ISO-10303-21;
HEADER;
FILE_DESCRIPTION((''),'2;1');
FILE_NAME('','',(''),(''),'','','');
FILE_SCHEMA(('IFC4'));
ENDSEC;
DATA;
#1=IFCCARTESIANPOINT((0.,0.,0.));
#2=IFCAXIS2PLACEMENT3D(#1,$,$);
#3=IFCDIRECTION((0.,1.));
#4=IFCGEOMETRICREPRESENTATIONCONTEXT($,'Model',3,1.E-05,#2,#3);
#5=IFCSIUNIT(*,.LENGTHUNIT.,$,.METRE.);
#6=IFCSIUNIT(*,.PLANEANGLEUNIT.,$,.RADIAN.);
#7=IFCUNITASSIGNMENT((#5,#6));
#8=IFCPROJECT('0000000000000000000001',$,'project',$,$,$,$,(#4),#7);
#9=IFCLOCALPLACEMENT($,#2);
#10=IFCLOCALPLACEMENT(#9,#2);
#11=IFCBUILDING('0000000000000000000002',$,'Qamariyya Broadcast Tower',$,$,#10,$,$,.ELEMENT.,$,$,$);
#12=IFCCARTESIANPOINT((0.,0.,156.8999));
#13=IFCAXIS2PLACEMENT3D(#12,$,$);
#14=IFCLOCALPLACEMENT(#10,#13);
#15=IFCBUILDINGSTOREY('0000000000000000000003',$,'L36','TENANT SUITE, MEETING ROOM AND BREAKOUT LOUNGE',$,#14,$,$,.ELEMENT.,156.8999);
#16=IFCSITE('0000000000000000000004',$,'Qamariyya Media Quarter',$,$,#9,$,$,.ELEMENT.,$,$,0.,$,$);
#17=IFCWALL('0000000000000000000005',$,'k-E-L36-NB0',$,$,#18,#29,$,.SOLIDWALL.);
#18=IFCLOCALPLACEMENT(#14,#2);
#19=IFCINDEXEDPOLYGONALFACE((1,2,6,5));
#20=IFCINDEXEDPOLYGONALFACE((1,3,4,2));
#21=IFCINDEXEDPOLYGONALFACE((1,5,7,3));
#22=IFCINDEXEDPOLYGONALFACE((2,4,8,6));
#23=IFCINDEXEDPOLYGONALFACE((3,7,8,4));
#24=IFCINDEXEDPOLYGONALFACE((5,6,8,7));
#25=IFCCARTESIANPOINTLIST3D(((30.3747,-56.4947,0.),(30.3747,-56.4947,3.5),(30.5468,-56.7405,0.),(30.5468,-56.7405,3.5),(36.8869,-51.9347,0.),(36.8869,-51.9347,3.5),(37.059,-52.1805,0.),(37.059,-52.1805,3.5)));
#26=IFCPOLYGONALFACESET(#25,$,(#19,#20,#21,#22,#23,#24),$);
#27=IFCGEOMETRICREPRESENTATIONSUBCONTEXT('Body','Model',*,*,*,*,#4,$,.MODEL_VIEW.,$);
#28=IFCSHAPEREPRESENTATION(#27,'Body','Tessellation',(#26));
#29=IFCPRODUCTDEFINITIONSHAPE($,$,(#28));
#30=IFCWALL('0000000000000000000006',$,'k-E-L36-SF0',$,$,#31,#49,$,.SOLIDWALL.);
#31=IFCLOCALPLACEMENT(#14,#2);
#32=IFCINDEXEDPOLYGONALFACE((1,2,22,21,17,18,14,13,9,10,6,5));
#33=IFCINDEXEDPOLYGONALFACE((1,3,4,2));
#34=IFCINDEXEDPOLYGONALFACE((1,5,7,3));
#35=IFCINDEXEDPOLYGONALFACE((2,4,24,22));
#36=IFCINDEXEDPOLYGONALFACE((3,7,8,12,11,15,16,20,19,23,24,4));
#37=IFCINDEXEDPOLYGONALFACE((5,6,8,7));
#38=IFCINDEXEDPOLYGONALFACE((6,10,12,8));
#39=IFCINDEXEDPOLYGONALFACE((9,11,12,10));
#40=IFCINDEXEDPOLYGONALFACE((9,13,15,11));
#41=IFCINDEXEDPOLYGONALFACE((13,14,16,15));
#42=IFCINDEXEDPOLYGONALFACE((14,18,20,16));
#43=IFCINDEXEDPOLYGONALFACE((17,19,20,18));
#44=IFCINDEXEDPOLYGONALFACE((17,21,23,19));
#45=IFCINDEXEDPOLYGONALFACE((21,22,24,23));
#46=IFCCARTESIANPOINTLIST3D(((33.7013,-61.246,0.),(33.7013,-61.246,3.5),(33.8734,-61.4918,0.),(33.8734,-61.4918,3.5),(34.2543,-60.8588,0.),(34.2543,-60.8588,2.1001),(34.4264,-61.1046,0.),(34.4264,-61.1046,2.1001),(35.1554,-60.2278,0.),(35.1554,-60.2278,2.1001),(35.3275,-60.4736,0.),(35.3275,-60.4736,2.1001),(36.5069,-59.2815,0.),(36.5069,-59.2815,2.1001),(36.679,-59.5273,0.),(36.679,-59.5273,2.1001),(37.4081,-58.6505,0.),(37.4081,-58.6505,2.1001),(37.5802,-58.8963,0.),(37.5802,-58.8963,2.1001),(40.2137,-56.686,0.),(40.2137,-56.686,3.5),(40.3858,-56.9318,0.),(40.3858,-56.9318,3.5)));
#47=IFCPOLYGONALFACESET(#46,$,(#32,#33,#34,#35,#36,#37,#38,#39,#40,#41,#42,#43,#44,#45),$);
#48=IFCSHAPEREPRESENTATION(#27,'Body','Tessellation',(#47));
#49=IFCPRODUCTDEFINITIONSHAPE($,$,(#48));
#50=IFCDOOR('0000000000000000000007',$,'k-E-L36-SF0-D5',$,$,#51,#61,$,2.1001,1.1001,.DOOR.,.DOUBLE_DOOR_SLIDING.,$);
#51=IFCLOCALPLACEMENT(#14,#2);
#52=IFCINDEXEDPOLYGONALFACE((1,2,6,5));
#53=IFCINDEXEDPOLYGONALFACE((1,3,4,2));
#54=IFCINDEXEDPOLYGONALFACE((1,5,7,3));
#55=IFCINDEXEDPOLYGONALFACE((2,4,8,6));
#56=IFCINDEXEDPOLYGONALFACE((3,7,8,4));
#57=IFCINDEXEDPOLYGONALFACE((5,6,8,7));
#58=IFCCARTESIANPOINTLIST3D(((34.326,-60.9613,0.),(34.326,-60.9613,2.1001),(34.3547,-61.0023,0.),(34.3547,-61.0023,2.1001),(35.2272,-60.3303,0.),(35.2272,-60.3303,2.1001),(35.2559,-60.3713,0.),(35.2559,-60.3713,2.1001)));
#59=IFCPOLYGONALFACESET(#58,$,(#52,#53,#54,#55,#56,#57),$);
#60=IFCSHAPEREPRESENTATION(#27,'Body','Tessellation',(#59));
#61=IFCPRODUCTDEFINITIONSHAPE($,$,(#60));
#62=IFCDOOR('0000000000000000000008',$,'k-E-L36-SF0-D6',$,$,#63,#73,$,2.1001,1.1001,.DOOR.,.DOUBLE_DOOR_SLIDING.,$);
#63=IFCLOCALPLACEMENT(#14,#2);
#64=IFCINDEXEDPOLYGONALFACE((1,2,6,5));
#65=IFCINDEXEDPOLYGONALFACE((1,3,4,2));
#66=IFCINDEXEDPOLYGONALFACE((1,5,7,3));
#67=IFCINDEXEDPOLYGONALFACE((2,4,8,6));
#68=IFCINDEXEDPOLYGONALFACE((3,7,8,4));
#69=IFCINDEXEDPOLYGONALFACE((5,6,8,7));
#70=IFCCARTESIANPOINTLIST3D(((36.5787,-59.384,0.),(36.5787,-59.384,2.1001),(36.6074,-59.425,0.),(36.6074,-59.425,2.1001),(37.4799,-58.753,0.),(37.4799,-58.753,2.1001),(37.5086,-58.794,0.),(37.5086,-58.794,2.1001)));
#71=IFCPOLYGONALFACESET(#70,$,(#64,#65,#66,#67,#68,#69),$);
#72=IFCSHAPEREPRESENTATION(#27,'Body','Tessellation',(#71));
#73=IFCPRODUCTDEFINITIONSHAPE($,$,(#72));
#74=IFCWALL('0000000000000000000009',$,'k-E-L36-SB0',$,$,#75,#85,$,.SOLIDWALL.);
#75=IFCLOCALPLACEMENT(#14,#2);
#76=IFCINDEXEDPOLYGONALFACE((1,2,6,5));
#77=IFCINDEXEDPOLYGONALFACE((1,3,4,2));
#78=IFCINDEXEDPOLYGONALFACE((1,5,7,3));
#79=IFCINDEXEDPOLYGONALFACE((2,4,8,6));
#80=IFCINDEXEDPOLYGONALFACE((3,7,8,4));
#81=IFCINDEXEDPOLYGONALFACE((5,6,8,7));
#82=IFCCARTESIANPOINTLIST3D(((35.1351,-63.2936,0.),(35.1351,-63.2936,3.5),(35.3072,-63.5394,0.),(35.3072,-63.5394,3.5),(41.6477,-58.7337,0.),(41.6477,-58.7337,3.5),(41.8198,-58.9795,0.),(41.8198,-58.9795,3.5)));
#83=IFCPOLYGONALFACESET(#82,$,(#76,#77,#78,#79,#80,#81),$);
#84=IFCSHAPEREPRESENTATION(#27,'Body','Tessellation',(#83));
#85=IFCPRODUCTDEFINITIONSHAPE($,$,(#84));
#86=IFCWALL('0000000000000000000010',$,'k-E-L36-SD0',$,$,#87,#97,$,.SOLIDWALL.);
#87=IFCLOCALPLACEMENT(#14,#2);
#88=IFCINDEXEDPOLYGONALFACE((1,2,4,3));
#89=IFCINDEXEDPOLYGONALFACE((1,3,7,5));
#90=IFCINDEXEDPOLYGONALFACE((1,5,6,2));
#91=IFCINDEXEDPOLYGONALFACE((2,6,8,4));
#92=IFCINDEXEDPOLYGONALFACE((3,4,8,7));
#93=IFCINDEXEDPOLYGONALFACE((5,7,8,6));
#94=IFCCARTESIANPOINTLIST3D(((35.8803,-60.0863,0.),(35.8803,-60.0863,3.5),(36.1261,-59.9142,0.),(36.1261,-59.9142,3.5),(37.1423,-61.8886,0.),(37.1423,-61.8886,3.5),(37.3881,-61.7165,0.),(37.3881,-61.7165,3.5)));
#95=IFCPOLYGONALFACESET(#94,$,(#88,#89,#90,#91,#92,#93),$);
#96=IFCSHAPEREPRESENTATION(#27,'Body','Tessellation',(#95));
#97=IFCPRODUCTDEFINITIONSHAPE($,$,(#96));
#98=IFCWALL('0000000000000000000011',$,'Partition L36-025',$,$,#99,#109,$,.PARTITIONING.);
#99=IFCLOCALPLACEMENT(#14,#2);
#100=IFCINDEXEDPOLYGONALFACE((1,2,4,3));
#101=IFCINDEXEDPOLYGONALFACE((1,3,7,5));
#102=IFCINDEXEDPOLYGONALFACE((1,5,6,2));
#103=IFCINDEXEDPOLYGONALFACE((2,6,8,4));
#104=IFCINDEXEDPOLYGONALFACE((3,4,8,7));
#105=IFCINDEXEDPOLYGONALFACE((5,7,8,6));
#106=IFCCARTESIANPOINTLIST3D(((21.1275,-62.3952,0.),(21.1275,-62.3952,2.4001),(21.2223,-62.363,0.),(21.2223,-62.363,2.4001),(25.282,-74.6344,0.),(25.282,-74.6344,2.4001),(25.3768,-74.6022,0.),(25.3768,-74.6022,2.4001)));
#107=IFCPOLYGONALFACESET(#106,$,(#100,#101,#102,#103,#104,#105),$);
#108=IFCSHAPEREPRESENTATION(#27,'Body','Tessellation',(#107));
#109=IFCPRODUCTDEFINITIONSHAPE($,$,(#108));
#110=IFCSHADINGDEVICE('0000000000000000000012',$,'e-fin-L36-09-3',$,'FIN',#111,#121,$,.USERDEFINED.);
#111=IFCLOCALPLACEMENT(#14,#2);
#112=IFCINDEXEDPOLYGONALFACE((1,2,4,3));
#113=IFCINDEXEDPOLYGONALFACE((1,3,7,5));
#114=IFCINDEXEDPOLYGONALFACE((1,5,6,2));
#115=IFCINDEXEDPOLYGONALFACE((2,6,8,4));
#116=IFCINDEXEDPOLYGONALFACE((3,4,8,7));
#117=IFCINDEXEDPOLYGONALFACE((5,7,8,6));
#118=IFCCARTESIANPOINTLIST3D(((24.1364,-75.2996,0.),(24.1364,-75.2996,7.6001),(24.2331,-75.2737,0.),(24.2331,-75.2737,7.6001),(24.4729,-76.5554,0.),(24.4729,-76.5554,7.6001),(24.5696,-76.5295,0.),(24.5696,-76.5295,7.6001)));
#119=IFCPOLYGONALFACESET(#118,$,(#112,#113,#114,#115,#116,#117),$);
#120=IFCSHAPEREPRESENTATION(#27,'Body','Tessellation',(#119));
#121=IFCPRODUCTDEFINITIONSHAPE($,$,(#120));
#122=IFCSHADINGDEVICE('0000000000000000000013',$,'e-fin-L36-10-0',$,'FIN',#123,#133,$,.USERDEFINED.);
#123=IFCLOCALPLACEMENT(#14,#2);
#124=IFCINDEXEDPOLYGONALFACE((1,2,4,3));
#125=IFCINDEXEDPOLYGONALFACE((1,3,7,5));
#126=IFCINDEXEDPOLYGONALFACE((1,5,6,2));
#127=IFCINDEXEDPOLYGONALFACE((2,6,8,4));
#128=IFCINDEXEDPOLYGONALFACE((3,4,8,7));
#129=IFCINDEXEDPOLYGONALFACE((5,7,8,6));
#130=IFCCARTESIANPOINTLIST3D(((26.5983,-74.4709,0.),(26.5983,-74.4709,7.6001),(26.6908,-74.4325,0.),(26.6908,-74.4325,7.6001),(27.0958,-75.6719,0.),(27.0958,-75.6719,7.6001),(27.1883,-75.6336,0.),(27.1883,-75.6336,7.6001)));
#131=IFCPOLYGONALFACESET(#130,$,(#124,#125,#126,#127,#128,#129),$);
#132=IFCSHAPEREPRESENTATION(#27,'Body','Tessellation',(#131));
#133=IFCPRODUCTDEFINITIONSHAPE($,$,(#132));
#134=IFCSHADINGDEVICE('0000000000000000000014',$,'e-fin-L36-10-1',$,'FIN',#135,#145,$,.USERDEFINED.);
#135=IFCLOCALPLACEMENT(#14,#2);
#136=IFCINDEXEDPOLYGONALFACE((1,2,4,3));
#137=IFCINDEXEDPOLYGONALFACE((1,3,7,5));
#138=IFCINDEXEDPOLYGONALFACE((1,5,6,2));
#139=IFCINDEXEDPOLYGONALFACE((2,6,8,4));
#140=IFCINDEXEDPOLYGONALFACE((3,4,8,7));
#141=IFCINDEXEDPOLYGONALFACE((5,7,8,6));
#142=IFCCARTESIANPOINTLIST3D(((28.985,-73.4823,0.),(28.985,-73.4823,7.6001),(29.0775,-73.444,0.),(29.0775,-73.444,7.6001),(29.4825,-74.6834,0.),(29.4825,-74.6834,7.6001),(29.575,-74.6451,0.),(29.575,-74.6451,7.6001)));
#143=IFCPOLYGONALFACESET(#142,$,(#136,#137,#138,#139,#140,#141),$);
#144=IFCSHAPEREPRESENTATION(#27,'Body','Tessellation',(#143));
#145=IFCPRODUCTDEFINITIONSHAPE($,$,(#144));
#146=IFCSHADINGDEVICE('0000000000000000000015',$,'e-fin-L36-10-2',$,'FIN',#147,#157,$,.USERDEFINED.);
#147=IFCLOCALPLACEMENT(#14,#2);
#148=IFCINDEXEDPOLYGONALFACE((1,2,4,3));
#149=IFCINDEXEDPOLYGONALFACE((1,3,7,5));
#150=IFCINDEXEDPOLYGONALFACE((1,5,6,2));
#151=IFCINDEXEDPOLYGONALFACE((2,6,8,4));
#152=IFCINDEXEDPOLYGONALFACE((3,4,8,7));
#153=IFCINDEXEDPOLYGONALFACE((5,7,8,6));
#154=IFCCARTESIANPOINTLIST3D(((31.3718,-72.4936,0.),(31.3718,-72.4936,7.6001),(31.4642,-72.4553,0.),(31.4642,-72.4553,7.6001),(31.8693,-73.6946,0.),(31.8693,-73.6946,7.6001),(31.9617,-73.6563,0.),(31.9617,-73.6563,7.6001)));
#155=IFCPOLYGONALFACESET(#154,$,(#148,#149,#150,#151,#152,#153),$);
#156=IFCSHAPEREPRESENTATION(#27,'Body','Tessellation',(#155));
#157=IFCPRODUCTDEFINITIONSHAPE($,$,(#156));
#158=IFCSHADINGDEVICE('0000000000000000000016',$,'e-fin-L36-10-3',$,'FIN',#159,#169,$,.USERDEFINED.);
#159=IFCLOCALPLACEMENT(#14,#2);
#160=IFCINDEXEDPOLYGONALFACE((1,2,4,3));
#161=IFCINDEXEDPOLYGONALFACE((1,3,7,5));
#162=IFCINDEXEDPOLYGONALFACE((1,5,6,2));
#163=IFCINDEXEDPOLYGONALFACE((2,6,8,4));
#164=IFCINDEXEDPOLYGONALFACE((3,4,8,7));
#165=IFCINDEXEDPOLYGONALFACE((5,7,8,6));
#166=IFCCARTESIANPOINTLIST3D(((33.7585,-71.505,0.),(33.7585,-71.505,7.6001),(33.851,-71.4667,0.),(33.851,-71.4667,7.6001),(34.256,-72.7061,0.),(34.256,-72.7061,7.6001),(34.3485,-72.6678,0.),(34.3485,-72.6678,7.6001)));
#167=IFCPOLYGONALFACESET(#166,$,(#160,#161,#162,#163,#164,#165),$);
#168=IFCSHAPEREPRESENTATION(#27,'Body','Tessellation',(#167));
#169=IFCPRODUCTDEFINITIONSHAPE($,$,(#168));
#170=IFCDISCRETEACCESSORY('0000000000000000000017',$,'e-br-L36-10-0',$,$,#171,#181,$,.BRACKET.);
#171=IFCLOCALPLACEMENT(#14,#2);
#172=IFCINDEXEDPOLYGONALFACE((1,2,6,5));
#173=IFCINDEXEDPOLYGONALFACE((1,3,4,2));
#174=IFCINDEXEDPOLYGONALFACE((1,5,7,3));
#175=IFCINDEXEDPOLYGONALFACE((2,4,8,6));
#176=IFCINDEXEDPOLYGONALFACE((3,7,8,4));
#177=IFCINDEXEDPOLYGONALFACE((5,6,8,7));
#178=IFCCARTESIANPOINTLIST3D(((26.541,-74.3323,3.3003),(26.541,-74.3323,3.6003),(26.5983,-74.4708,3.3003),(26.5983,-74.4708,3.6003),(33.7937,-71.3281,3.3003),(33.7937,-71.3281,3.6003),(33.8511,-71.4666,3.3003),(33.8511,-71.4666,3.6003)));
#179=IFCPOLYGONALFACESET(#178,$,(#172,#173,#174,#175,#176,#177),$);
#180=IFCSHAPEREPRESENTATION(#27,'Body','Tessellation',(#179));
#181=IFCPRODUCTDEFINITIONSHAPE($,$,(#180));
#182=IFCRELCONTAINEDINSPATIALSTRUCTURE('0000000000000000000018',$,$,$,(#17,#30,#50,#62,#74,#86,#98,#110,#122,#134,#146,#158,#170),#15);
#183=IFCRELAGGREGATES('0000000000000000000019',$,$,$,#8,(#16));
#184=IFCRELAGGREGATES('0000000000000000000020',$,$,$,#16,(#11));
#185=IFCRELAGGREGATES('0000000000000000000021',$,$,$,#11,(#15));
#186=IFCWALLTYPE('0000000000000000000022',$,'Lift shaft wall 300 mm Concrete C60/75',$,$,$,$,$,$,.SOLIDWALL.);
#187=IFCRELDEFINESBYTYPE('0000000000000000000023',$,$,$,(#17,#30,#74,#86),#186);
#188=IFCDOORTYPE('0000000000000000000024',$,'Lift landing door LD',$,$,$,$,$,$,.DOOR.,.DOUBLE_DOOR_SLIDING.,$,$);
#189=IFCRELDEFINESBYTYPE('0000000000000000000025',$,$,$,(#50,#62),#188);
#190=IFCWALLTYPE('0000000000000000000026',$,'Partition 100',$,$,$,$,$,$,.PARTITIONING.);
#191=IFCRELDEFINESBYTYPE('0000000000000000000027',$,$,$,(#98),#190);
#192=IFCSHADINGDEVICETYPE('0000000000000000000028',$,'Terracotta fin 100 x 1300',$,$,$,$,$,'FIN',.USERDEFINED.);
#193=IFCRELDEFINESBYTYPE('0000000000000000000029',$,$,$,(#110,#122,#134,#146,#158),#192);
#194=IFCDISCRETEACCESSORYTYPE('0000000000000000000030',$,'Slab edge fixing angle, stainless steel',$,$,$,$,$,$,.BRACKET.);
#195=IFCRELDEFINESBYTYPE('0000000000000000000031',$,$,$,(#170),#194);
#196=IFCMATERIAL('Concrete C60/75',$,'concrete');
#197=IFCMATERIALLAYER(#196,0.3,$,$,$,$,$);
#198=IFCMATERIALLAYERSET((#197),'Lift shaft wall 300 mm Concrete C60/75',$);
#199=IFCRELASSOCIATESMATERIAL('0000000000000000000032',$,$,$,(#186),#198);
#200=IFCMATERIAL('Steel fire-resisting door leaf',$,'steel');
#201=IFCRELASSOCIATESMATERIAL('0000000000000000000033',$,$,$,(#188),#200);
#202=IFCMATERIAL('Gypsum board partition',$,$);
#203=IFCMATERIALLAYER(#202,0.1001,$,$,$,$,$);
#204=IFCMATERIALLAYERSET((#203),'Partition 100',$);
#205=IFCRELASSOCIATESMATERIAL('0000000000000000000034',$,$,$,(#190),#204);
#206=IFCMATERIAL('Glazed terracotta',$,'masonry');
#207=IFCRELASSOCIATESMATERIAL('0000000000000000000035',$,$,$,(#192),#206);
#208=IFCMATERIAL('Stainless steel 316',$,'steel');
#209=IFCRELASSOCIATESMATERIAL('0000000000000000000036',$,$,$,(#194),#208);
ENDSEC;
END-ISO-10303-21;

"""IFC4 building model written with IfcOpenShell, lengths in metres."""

from ifc_helpers import new_model, si_unit, direction, frame, frame_2d, origin, origin_2d, place, context, subcontext, project, spatial, rectangle, extrude, material, layer, layer_set, material_profile, profile_set, type_object, element, fill, save


model = new_model("IFC4")

# Units and contexts
model_context = context("Model", 3, precision=1e-05, world=origin(), true_north=direction((0.0, 1.0)))
body_context = subcontext(model_context, "Body", "Model", "MODEL_VIEW")
ifc_project = project(units=[si_unit("LENGTHUNIT", "METRE"), si_unit("PLANEANGLEUNIT", "RADIAN")], contexts=[model_context])

# Site, building, storey
site_placement = place(None, origin())
site = spatial("IfcSite", under=ifc_project, at=site_placement, Name="Qamariyya Media Quarter", CompositionType="ELEMENT", RefElevation=0.0)
building_placement = place(site_placement, origin())
building = spatial("IfcBuilding", under=site, at=building_placement, Name="Qamariyya Broadcast Tower", CompositionType="ELEMENT")
storey_placement = place(building_placement, frame((0.0, 0.0, 156.8999)))
storey = spatial("IfcBuildingStorey", under=building, at=storey_placement, Name="L36", Description="TENANT SUITE, MEETING ROOM AND BREAKOUT LOUNGE", CompositionType="ELEMENT", Elevation=156.8999)

# Shared definitions
ifc_material_1 = material(Name="Concrete C60/75", Category="concrete")

# Shared definitions
ifc_material_2 = material(Name="Gypsum board partition")

# Shared definitions
ifc_layer_1 = layer(ifc_material_1, 0.3)
ifc_layer_set_1 = layer_set([ifc_layer_1], Name="Lift shaft wall 300 mm Concrete C60/75")
wall_type_1 = type_object("IfcWallType", Name="Lift shaft wall 300 mm Concrete C60/75", PredefinedType="SOLIDWALL", material=ifc_layer_set_1)
ifc_material_3 = material(Name="Steel fire-resisting door leaf", Category="steel")

# Wall
wall_1_placement = place(storey_placement, frame((30.4607, -56.6177, 0.0), z_axis=(0.0, 0.0, 1.0), x_axis=(0.819142, 0.57359, 0.0)))
element("IfcWall", 1, at=wall_1_placement, inside=storey, type_object=wall_type_1, Name="k-E-L36-NB0", PredefinedType="SOLIDWALL", context=body_context, shape_type="SweptSolid", body=[
    extrude(rectangle(XDim=7.95, YDim=0.3, at=frame_2d((3.9751, 0.0))), origin(), (0.0, 0.0, 1.0), 3.5),
])

# Wall, openings, doors
wall_2_placement = place(storey_placement, frame((33.7874, -61.3689, 0.0), z_axis=(0.0, 0.0, 1.0), x_axis=(0.819153, 0.573576, 0.0)))
wall_2 = element("IfcWall", 2, at=wall_2_placement, inside=storey, type_object=wall_type_1, Name="k-E-L36-SF0", PredefinedType="SOLIDWALL", context=body_context, shape_type="SweptSolid", body=[
    extrude(rectangle(XDim=7.9502, YDim=0.3, at=frame_2d((3.9751, 0.0))), origin(), (0.0, 0.0, 1.0), 3.5),
])
opening_1_placement = place(wall_2_placement, frame((0.675, 0.0, 0.0)))
opening_1 = element("IfcOpeningElement", 3, at=opening_1_placement, cuts=wall_2, PredefinedType="OPENING", context=body_context, shape_type="SweptSolid", body=[
    extrude(rectangle(XDim=1.1001, YDim=2.1001, at=frame_2d((0.55, 1.05))), frame((0.0, 0.1599, 0.0), z_axis=(0.0, -1.0, 0.0), x_axis=(1.0, 0.0, 0.0)), (0.0, 0.0, 1.0), 0.3201),
])
opening_2_placement = place(wall_2_placement, frame((3.425, 0.0, 0.0)))
opening_2 = element("IfcOpeningElement", 4, at=opening_2_placement, cuts=wall_2, PredefinedType="OPENING", context=body_context, shape_type="SweptSolid", body=[
    extrude(rectangle(XDim=1.1001, YDim=2.1001, at=frame_2d((0.55, 1.05))), frame((0.0, 0.1599, 0.0), z_axis=(0.0, -1.0, 0.0), x_axis=(1.0, 0.0, 0.0)), (0.0, 0.0, 1.0), 0.3201),
])
door_type_1 = type_object("IfcDoorType", Name="Lift landing door LD", OperationType="DOUBLE_DOOR_SLIDING", PredefinedType="DOOR", material=ifc_material_3)
door_1_placement = place(opening_1_placement, origin())
door_1 = element("IfcDoor", 5, at=door_1_placement, inside=storey, type_object=door_type_1, Name="k-E-L36-SF0-D5", OperationType="DOUBLE_DOOR_SLIDING", OverallHeight=2.1001, OverallWidth=1.1001, PredefinedType="DOOR", context=body_context, shape_type="SweptSolid", body=[
    extrude(rectangle(XDim=1.1001, YDim=2.1001, at=frame_2d((0.55, 1.05))), frame((0.0, 0.0249, 0.0), z_axis=(0.0, -1.0, 0.0), x_axis=(1.0, 0.0, 0.0)), (0.0, 0.0, 1.0), 0.05),
])
fill(opening_1, door_1)
door_2_placement = place(opening_2_placement, origin())
door_2 = element("IfcDoor", 6, at=door_2_placement, inside=storey, type_object=door_type_1, Name="k-E-L36-SF0-D6", OperationType="DOUBLE_DOOR_SLIDING", OverallHeight=2.1001, OverallWidth=1.1001, PredefinedType="DOOR", context=body_context, shape_type="SweptSolid", body=[
    extrude(rectangle(XDim=1.1001, YDim=2.1001, at=frame_2d((0.55, 1.05))), frame((0.0, 0.0249, 0.0), z_axis=(0.0, -1.0, 0.0), x_axis=(1.0, 0.0, 0.0)), (0.0, 0.0, 1.0), 0.05),
])
fill(opening_2, door_2)

# Walls
wall_3_placement = place(storey_placement, frame((35.2212, -63.4165, 0.0), z_axis=(0.0, 0.0, 1.0), x_axis=(0.819167, 0.573555, 0.0)))
element("IfcWall", 7, at=wall_3_placement, inside=storey, type_object=wall_type_1, Name="k-E-L36-SB0", PredefinedType="SOLIDWALL", context=body_context, shape_type="SweptSolid", body=[
    extrude(rectangle(XDim=7.9502, YDim=0.3, at=frame_2d((3.9751, 0.0))), origin(), (0.0, 0.0, 1.0), 3.5),
])
wall_4_placement = place(storey_placement, frame((36.0032, -60.0002, 0.0), z_axis=(0.0, 0.0, 1.0), x_axis=(0.573581, -0.819149, 0.0)))
element("IfcWall", 8, at=wall_4_placement, inside=storey, type_object=wall_type_1, Name="k-E-L36-SD0", PredefinedType="SOLIDWALL", context=body_context, shape_type="SweptSolid", body=[
    extrude(rectangle(XDim=2.2002, YDim=0.3, at=frame_2d((1.1001, 0.0))), origin(), (0.0, 0.0, 1.0), 3.5),
])
ifc_layer_2 = layer(ifc_material_2, 0.1001)
ifc_layer_set_2 = layer_set([ifc_layer_2], Name="Partition 100")
wall_type_2 = type_object("IfcWallType", Name="Partition 100", PredefinedType="PARTITIONING", material=ifc_layer_set_2)
wall_5_placement = place(storey_placement, frame((25.3293, -74.6182, 0.0), z_axis=(0.0, 0.0, 1.0), x_axis=(-0.321431, 0.946933, 0.0)))
element("IfcWall", 9, at=wall_5_placement, inside=storey, type_object=wall_type_2, Name="Partition L36-025", PredefinedType="PARTITIONING", context=body_context, shape_type="SweptSolid", body=[
    extrude(rectangle(XDim=12.925, YDim=0.1001, at=frame_2d((6.4624, 0.0))), origin(), (0.0, 0.0, 1.0), 2.4001),
])

# Shading devices
ifc_material_4 = material(Name="Glazed terracotta", Category="masonry")
ifc_material_profile_1 = material_profile(ifc_material_4, rectangle(XDim=1.3, YDim=0.1001, at=origin_2d()))
ifc_profile_set_1 = profile_set([ifc_material_profile_1], Name="Glazed terracotta")
shading_device_type = type_object("IfcShadingDeviceType", Name="Terracotta fin 100 x 1300", ElementType="FIN", PredefinedType="USERDEFINED", material=ifc_profile_set_1)
for number, where, z_axis, x_axis, name in (
    (10, (24.353, -75.9146, 0.0), (0.0, 0.0, 1.0), (0.258819, -0.965926, 0.0), "e-fin-L36-09-3"),
    (11, (26.8933, -75.0522, 0.0), (0.0, 0.0, 1.0), (0.382683, -0.92388, 0.0), "e-fin-L36-10-0"),
    (12, (29.28, -74.0637, 0.0), (0.0, 0.0, 1.0), (0.382683, -0.92388, 0.0), "e-fin-L36-10-1"),
    (13, (31.6667, -73.075, 0.0), (0.0, 0.0, 1.0), (0.382683, -0.92388, 0.0), "e-fin-L36-10-2"),
    (14, (34.0535, -72.0864, 0.0), (0.0, 0.0, 1.0), (0.382683, -0.92388, 0.0), "e-fin-L36-10-3"),
):
    element("IfcShadingDevice", number, at=place(storey_placement, frame(where, z_axis=z_axis, x_axis=x_axis)), inside=storey, type_object=shading_device_type, Name=name, ObjectType="FIN", PredefinedType="USERDEFINED", context=body_context, shape_type="SweptSolid", body=[
        extrude(rectangle(XDim=1.3, YDim=0.1001, at=origin_2d()), origin(), (0.0, 0.0, 1.0), 7.6001),
    ])

# Discrete accessory
ifc_material_5 = material(Name="Stainless steel 316", Category="steel")
discrete_accessory_type = type_object("IfcDiscreteAccessoryType", Name="Slab edge fixing angle, stainless steel", PredefinedType="BRACKET", material=ifc_material_5)
discrete_accessory_placement = place(storey_placement, frame((30.196, -72.8994, 3.3003), z_axis=(0.0, 0.0, 1.0), x_axis=(0.92388, 0.382683, 0.0)))
element("IfcDiscreteAccessory", 15, at=discrete_accessory_placement, inside=storey, type_object=discrete_accessory_type, Name="e-br-L36-10-0", PredefinedType="BRACKET", context=body_context, shape_type="SweptSolid", body=[
    extrude(rectangle(XDim=7.8503, YDim=0.1499, at=origin_2d()), origin(), (0.0, 0.0, 1.0), 0.3),
])

save(model, "model.ifc")
